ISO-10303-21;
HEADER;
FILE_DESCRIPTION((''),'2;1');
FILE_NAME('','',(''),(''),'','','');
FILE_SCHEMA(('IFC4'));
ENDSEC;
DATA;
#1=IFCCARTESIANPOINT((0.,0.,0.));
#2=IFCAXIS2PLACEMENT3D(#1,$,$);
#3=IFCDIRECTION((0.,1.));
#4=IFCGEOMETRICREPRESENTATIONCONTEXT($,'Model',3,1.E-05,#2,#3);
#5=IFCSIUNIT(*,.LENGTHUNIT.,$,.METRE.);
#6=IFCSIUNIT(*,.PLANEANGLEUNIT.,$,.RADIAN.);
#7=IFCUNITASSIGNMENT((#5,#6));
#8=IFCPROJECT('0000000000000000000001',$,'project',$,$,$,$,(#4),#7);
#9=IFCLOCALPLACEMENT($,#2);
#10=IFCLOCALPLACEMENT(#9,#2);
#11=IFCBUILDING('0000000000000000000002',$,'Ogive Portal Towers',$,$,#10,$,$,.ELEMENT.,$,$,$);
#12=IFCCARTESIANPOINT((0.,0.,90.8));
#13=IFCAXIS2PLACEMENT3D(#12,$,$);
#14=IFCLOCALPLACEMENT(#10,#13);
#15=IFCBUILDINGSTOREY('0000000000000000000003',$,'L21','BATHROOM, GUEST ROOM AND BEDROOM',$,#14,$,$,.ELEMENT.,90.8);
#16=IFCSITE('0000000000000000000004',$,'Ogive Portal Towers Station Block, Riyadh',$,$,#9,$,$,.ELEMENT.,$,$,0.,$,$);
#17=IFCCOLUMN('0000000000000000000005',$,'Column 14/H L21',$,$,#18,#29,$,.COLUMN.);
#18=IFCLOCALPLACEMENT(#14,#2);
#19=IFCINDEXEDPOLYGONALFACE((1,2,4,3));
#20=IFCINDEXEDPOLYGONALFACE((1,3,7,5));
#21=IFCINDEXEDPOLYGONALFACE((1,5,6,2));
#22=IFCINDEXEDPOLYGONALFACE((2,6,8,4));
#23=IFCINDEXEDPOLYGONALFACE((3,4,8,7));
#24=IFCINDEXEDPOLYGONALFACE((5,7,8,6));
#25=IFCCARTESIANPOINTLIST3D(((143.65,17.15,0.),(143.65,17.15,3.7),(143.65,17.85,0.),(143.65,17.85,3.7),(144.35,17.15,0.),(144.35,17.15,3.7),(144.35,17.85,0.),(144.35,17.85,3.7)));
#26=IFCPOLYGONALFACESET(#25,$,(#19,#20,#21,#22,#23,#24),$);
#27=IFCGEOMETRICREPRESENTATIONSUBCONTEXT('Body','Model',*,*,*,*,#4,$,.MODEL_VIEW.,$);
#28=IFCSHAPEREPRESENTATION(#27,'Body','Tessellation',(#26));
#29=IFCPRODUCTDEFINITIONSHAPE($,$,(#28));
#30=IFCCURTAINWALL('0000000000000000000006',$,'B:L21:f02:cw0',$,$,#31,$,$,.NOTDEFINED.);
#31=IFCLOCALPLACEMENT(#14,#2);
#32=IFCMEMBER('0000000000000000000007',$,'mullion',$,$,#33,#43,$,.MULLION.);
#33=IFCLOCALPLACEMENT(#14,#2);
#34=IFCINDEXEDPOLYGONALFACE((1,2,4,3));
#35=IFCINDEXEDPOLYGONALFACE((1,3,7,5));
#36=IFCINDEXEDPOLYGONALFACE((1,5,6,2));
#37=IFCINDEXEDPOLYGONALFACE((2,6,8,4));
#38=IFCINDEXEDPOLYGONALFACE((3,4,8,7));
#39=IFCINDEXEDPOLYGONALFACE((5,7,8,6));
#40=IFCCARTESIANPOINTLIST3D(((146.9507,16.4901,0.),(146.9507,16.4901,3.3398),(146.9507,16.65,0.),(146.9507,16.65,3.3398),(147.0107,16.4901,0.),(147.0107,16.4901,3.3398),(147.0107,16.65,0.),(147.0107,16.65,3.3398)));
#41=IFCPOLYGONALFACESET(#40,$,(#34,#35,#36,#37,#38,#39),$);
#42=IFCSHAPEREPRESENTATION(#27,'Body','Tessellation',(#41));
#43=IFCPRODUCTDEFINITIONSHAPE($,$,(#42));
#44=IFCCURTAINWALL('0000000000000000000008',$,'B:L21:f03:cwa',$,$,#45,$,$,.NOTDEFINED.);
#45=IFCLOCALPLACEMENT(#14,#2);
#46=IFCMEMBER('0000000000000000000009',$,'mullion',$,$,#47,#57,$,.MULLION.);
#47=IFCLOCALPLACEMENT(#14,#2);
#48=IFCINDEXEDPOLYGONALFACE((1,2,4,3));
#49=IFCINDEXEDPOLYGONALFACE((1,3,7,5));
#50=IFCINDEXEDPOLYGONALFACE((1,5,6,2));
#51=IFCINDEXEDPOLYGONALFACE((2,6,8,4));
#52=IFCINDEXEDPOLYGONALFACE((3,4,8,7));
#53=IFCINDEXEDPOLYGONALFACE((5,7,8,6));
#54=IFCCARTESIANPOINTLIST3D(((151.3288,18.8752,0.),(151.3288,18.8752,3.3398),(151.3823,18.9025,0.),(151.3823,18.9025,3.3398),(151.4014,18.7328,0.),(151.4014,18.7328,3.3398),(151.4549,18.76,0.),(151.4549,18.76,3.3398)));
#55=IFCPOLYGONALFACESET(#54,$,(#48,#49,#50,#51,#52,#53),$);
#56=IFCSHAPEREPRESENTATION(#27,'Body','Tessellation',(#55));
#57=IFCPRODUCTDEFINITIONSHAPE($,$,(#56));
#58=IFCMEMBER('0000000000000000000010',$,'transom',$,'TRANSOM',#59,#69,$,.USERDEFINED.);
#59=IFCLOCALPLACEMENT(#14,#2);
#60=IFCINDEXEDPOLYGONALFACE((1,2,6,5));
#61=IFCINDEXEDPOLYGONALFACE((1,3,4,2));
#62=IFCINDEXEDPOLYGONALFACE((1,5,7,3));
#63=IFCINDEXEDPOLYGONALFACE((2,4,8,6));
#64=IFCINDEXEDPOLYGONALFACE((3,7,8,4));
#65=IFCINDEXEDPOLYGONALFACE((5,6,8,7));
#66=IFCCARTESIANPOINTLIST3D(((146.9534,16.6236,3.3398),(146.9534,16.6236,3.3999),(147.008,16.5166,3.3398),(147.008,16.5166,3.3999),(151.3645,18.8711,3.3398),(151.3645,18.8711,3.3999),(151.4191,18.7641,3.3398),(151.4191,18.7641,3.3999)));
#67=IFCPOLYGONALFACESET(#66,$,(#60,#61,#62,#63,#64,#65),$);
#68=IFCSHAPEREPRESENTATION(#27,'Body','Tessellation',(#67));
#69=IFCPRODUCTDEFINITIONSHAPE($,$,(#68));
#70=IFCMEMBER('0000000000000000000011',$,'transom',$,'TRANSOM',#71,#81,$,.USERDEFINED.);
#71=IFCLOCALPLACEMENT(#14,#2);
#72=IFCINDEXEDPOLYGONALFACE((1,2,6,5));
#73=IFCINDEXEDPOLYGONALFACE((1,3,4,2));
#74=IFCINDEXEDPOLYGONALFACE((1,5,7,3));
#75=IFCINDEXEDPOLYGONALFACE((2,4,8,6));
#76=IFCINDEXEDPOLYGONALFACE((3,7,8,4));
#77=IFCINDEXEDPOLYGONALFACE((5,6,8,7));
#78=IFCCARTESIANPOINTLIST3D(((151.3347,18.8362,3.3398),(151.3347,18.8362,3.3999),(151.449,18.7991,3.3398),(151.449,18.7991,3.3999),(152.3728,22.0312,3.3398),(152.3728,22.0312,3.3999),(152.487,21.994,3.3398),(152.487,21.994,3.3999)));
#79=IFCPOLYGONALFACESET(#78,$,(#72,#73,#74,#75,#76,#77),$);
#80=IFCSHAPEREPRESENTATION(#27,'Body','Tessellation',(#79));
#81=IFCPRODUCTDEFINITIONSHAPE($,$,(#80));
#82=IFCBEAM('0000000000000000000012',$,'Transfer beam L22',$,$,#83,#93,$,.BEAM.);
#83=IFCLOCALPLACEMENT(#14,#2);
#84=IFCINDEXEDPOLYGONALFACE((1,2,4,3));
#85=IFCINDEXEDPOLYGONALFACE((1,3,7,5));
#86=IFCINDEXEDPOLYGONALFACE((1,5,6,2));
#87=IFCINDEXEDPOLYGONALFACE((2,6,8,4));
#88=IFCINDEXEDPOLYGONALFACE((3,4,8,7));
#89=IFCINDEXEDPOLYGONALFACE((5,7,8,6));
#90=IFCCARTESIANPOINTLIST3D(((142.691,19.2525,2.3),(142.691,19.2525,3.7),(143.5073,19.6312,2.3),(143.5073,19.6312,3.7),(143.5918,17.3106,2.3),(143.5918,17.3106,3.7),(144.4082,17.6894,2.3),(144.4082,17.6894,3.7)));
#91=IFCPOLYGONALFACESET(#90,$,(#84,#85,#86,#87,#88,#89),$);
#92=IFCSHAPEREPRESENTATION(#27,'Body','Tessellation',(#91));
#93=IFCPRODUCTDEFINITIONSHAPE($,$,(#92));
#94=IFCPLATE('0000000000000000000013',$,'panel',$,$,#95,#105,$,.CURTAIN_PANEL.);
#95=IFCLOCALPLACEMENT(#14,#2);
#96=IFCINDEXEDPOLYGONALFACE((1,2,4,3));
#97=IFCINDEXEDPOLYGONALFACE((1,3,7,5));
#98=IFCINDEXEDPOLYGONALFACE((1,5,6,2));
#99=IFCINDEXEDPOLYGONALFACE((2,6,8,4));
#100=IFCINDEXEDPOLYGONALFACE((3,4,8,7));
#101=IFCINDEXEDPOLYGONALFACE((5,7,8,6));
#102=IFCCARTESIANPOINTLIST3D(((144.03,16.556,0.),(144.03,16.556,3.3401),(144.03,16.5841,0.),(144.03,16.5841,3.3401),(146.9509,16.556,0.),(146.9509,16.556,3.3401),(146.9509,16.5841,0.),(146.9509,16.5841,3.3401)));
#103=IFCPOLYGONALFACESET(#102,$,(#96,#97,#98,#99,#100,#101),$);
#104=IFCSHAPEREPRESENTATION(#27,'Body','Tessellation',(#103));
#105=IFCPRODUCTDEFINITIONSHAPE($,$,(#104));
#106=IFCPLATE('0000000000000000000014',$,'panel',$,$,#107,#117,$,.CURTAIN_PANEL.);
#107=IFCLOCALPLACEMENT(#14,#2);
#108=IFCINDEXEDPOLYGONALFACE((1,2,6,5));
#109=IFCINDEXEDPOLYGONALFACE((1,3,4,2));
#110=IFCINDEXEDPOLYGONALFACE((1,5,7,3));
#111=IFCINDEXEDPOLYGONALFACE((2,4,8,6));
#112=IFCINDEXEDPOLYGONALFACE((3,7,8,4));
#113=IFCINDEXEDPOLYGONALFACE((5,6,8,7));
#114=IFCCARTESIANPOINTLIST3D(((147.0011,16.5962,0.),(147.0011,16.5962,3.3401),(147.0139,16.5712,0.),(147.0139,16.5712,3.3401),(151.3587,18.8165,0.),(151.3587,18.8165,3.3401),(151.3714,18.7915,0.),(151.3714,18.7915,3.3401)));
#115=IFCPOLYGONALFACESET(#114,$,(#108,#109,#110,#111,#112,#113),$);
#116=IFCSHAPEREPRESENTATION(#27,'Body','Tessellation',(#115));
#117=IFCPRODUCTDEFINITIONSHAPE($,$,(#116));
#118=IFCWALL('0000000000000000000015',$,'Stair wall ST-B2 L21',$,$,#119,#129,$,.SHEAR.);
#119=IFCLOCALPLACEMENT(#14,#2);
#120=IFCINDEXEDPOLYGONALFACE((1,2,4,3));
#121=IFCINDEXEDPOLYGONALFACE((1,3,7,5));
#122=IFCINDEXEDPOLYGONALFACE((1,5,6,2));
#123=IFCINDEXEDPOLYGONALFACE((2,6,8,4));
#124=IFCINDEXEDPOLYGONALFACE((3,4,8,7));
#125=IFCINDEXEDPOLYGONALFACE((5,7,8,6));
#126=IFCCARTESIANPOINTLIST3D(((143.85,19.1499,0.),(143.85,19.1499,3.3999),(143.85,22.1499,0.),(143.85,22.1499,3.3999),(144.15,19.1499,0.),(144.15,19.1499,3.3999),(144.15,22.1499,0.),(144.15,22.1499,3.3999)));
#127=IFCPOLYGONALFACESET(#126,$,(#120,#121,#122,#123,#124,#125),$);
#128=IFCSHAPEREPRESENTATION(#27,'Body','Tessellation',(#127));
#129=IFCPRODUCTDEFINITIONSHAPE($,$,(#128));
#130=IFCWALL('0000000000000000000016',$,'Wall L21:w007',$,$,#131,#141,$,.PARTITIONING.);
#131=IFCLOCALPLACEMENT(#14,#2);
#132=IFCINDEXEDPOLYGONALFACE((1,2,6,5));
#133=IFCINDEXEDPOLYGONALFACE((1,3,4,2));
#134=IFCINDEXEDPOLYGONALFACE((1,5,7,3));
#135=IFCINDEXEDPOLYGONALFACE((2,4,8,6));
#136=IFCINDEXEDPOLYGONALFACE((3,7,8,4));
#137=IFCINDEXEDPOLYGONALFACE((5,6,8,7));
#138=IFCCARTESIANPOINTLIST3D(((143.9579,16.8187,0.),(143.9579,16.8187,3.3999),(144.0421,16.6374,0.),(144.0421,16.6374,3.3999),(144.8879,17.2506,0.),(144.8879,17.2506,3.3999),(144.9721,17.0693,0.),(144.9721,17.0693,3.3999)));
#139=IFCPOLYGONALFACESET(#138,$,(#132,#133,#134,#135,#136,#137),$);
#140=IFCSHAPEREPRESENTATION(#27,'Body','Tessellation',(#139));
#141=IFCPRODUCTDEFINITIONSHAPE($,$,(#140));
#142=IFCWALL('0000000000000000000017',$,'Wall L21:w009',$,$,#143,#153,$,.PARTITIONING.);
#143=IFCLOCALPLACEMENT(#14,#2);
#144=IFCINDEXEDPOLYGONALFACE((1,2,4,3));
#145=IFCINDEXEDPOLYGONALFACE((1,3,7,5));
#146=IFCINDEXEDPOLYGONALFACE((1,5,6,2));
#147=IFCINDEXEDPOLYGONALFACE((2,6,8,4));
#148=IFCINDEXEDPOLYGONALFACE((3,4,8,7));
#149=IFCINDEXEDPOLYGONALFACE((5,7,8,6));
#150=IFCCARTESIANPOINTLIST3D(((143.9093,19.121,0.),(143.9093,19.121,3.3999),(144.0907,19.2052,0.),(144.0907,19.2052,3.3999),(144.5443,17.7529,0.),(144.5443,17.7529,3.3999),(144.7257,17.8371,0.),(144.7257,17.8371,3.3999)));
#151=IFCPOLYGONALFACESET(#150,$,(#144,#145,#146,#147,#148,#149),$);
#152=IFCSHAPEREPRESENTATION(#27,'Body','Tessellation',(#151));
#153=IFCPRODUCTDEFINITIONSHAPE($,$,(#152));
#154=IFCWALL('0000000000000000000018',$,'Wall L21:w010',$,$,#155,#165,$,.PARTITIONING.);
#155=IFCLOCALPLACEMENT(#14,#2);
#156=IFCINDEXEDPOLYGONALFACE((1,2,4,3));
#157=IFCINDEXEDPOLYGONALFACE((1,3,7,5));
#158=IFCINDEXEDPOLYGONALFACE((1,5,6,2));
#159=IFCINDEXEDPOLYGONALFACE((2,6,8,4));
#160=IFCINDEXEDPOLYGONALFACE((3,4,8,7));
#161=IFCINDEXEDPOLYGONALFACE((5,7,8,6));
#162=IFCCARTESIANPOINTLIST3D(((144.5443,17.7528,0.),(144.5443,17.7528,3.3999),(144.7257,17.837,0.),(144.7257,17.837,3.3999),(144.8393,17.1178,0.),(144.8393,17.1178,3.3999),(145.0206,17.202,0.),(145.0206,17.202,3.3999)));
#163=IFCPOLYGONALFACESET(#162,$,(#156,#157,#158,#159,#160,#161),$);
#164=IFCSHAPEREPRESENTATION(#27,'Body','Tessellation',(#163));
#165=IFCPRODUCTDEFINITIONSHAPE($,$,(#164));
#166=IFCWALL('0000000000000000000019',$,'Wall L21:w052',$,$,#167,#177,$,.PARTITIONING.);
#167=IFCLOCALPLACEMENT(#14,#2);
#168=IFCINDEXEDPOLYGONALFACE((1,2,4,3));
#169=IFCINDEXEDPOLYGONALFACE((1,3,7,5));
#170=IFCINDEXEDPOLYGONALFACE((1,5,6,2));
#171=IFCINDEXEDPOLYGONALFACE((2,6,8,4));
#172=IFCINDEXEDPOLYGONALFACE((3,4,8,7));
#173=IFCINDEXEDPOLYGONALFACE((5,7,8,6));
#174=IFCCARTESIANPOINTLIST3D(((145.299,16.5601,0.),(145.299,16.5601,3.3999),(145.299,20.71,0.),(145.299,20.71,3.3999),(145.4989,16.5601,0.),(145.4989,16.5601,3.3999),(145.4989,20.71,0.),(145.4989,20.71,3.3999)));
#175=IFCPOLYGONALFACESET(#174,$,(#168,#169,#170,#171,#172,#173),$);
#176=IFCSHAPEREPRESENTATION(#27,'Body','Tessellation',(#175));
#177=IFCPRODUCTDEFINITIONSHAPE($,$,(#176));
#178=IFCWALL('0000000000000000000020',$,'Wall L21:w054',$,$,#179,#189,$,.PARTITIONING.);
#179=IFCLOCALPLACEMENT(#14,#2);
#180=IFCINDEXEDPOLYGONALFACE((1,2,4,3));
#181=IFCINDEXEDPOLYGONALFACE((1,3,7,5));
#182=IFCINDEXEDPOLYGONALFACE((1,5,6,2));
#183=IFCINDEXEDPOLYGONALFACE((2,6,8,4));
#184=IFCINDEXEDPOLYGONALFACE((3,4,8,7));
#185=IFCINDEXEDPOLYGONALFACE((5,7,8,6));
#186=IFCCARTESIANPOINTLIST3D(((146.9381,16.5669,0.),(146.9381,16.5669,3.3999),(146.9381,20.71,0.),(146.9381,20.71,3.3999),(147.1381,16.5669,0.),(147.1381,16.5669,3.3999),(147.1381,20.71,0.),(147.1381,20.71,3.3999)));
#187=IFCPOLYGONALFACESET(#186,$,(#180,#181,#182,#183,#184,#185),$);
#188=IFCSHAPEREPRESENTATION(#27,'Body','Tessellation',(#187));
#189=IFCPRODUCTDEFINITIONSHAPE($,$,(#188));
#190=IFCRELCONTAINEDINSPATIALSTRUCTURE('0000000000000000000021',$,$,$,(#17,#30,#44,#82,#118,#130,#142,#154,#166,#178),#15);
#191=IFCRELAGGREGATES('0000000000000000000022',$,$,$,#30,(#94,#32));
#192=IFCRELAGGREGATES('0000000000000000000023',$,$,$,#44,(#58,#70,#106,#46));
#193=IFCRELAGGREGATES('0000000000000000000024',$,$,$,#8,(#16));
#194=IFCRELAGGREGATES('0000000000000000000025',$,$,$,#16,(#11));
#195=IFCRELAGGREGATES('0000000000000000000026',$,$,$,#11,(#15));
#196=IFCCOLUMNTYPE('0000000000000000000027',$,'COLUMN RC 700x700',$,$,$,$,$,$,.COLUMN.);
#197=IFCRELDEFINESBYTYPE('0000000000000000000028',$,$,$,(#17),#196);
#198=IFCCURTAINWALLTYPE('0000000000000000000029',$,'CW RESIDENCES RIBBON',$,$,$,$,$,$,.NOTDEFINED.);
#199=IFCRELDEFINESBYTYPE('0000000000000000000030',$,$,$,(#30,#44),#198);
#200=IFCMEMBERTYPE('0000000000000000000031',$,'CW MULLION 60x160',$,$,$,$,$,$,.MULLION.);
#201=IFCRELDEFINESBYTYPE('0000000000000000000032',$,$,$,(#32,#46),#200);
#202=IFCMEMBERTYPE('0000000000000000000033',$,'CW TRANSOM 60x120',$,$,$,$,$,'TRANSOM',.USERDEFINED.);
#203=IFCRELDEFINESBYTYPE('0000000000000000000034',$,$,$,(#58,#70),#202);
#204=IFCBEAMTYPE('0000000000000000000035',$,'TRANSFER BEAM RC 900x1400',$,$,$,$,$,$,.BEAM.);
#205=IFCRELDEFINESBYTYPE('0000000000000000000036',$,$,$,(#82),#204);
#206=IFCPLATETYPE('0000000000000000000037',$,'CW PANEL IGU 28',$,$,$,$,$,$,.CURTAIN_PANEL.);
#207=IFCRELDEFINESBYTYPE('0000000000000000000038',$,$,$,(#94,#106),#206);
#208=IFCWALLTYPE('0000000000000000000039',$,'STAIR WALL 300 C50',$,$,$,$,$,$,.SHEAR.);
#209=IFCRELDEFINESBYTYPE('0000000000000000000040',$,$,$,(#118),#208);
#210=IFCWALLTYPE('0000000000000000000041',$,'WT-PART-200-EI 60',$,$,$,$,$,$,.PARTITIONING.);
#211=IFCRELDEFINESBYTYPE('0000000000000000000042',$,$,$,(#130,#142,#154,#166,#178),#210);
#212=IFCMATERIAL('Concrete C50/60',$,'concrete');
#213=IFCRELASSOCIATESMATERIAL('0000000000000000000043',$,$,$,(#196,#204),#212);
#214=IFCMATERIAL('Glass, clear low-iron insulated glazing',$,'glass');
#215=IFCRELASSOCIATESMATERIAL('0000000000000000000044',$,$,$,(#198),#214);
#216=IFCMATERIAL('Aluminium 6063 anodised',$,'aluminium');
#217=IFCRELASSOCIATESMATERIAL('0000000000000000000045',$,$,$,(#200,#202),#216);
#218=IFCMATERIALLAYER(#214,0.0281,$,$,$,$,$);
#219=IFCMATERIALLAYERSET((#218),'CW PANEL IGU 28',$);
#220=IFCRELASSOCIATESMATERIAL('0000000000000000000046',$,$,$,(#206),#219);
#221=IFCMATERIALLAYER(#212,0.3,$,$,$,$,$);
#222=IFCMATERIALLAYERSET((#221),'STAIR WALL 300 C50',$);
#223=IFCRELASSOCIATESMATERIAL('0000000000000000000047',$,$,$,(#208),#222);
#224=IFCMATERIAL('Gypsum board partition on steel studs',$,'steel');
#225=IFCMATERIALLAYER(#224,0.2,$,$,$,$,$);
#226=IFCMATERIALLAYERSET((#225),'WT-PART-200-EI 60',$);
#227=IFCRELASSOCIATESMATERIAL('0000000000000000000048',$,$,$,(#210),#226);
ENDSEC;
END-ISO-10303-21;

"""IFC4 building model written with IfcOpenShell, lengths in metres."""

from ifc_helpers import new_model, si_unit, direction, frame, frame_2d, origin, origin_2d, place, context, subcontext, project, spatial, rectangle, extrude, material, layer, layer_set, material_profile, profile_set, type_object, element, aggregate, save


model = new_model("IFC4")

# Units and contexts
model_context = context("Model", 3, precision=1e-05, world=origin(), true_north=direction((0.0, 1.0)))
body_context = subcontext(model_context, "Body", "Model", "MODEL_VIEW")
ifc_project = project(units=[si_unit("LENGTHUNIT", "METRE"), si_unit("PLANEANGLEUNIT", "RADIAN")], contexts=[model_context])

# Site, building, storey
site_placement = place(None, origin())
site = spatial("IfcSite", under=ifc_project, at=site_placement, Name="Ogive Portal Towers Station Block, Riyadh", CompositionType="ELEMENT", RefElevation=0.0)
building_placement = place(site_placement, origin())
building = spatial("IfcBuilding", under=site, at=building_placement, Name="Ogive Portal Towers", CompositionType="ELEMENT")
storey_placement = place(building_placement, frame((0.0, 0.0, 90.8)))
storey = spatial("IfcBuildingStorey", under=building, at=storey_placement, Name="L21", Description="BATHROOM, GUEST ROOM AND BEDROOM", CompositionType="ELEMENT", Elevation=90.8)

# Column
ifc_material_1 = material(Name="Concrete C50/60", Category="concrete")
ifc_material_profile_1 = material_profile(ifc_material_1, rectangle(XDim=0.7, YDim=0.7, at=origin_2d()), Name="RC 700x700")
ifc_profile_set_1 = profile_set([ifc_material_profile_1], Name="Concrete C50/60")
column_type = type_object("IfcColumnType", Name="COLUMN RC 700x700", PredefinedType="COLUMN", material=ifc_profile_set_1)
column_placement = place(storey_placement, frame((144.0, 17.5, 0.0), z_axis=(0.0, 0.0, 1.0), x_axis=(1.0, 0.0, 0.0)))
element("IfcColumn", 1, at=column_placement, inside=storey, type_object=column_type, Name="Column 14/H L21", PredefinedType="COLUMN", context=body_context, shape_type="SweptSolid", body=[
    extrude(rectangle(XDim=0.7, YDim=0.7, at=origin_2d()), origin(), (0.0, 0.0, 1.0), 3.7),
])

# Curtain wall, member
ifc_material_2 = material(Name="Glass, clear low-iron insulated glazing", Category="glass")
curtain_wall_type = type_object("IfcCurtainWallType", Name="CW RESIDENCES RIBBON", PredefinedType="NOTDEFINED", material=ifc_material_2)
curtain_wall_1_placement = place(storey_placement, origin())
curtain_wall_1 = element("IfcCurtainWall", 2, at=curtain_wall_1_placement, inside=storey, type_object=curtain_wall_type, Name="B:L21:f02:cw0", PredefinedType="NOTDEFINED")
ifc_material_3 = material(Name="Aluminium 6063 anodised", Category="aluminium")
ifc_material_profile_2 = material_profile(ifc_material_3, rectangle(XDim=0.1599, YDim=0.0601, at=origin_2d()), Name="AL 60x160")
ifc_profile_set_2 = profile_set([ifc_material_profile_2], Name="Aluminium 6063 anodised")
member_type_1 = type_object("IfcMemberType", Name="CW MULLION 60x160", PredefinedType="MULLION", material=ifc_profile_set_2)
member_1_placement = place(storey_placement, frame((146.9807, 16.5701, 0.0), z_axis=(0.0, 0.0, 1.0), x_axis=(0.0, 1.0, 0.0)))
member_1 = element("IfcMember", 3, at=member_1_placement, type_object=member_type_1, Name="mullion", PredefinedType="MULLION", context=body_context, shape_type="SweptSolid", body=[
    extrude(rectangle(XDim=0.1599, YDim=0.0601, at=origin_2d()), origin(), (0.0, 0.0, 1.0), 3.3398),
])

# Curtain wall, members
curtain_wall_2_placement = place(storey_placement, origin())
curtain_wall_2 = element("IfcCurtainWall", 4, at=curtain_wall_2_placement, inside=storey, type_object=curtain_wall_type, Name="B:L21:f03:cwa", PredefinedType="NOTDEFINED")
member_2_placement = place(storey_placement, frame((151.3918, 18.8176, 0.0), z_axis=(0.0, 0.0, 1.0), x_axis=(-0.45399, 0.891007, 0.0)))
member_2 = element("IfcMember", 5, at=member_2_placement, type_object=member_type_1, Name="mullion", PredefinedType="MULLION", context=body_context, shape_type="SweptSolid", body=[
    extrude(rectangle(XDim=0.1599, YDim=0.0601, at=origin_2d()), origin(), (0.0, 0.0, 1.0), 3.3398),
])
ifc_material_profile_3 = material_profile(ifc_material_3, rectangle(XDim=0.1201, YDim=0.0601, at=origin_2d()), Name="AL 120x60")
ifc_profile_set_3 = profile_set([ifc_material_profile_3], Name="Aluminium 6063 anodised")
member_type_2 = type_object("IfcMemberType", Name="CW TRANSOM 60x120", ElementType="TRANSOM", PredefinedType="USERDEFINED", material=ifc_profile_set_3)
member_3_placement = place(storey_placement, frame((146.9807, 16.5701, 3.3699), z_axis=(0.891009, 0.453986, 0.0), x_axis=(-0.453986, 0.891009, 0.0)))
member_3 = element("IfcMember", 6, at=member_3_placement, type_object=member_type_2, Name="transom", ObjectType="TRANSOM", PredefinedType="USERDEFINED", context=body_context, shape_type="SweptSolid", body=[
    extrude(rectangle(XDim=0.1201, YDim=0.0601, at=origin_2d()), origin(), (0.0, 0.0, 1.0), 4.9507),
])
member_4_placement = place(storey_placement, frame((151.3918, 18.8176, 3.3699), z_axis=(0.309002, 0.951061, 0.0), x_axis=(-0.951061, 0.309002, 0.0)))
member_4 = element("IfcMember", 7, at=member_4_placement, type_object=member_type_2, Name="transom", ObjectType="TRANSOM", PredefinedType="USERDEFINED", context=body_context, shape_type="SweptSolid", body=[
    extrude(rectangle(XDim=0.1201, YDim=0.0601, at=origin_2d()), origin(), (0.0, 0.0, 1.0), 3.3594),
])

# Beam
ifc_material_profile_4 = material_profile(ifc_material_1, rectangle(XDim=0.8999, YDim=1.3999, at=origin_2d()), Name="RC 900x1400")
ifc_profile_set_4 = profile_set([ifc_material_profile_4], Name="Concrete C50/60")
beam_type = type_object("IfcBeamType", Name="TRANSFER BEAM RC 900x1400", PredefinedType="BEAM", material=ifc_profile_set_4)
beam_placement = place(storey_placement, frame((144.0, 17.5, 3.0), z_axis=(-0.420837, 0.907136, 0.0), x_axis=(-0.907136, -0.420837, 0.0)))
element("IfcBeam", 8, at=beam_placement, inside=storey, type_object=beam_type, Name="Transfer beam L22", PredefinedType="BEAM", context=body_context, shape_type="SweptSolid", body=[
    extrude(rectangle(XDim=0.8999, YDim=1.3999, at=origin_2d()), origin(), (0.0, 0.0, 1.0), 2.1406),
])

# Plates
ifc_layer_1 = layer(ifc_material_2, 0.0281)
ifc_layer_set_1 = layer_set([ifc_layer_1], Name="CW PANEL IGU 28")
plate_type = type_object("IfcPlateType", Name="CW PANEL IGU 28", PredefinedType="CURTAIN_PANEL", material=ifc_layer_set_1)
plate_1_placement = place(storey_placement, frame((145.4905, 16.5701, 0.0), z_axis=(0.0, 0.0, 1.0), x_axis=(1.0, 0.0, 0.0)))
plate_1 = element("IfcPlate", 9, at=plate_1_placement, type_object=plate_type, Name="panel", PredefinedType="CURTAIN_PANEL", context=body_context, shape_type="SweptSolid", body=[
    extrude(rectangle(XDim=2.9209, YDim=0.0281, at=origin_2d()), origin(), (0.0, 0.0, 1.0), 3.3401),
])
aggregate(curtain_wall_1, [plate_1, member_1])
plate_2_placement = place(storey_placement, frame((149.1863, 17.6938, 0.0), z_axis=(0.0, 0.0, 1.0), x_axis=(0.891007, 0.45399, 0.0)))
plate_2 = element("IfcPlate", 10, at=plate_2_placement, type_object=plate_type, Name="panel", PredefinedType="CURTAIN_PANEL", context=body_context, shape_type="SweptSolid", body=[
    extrude(rectangle(XDim=4.8906, YDim=0.0281, at=origin_2d()), origin(), (0.0, 0.0, 1.0), 3.3401),
])
aggregate(curtain_wall_2, [member_3, member_4, plate_2, member_2])

# Walls
ifc_layer_2 = layer(ifc_material_1, 0.3)
ifc_layer_set_2 = layer_set([ifc_layer_2], Name="STAIR WALL 300 C50")
wall_type_1 = type_object("IfcWallType", Name="STAIR WALL 300 C50", PredefinedType="SHEAR", material=ifc_layer_set_2)
wall_1_placement = place(storey_placement, frame((144.0, 19.1499, 0.0), z_axis=(0.0, 0.0, 1.0), x_axis=(0.0, 1.0, 0.0)))
element("IfcWall", 11, at=wall_1_placement, inside=storey, type_object=wall_type_1, Name="Stair wall ST-B2 L21", PredefinedType="SHEAR", context=body_context, shape_type="SweptSolid", body=[
    extrude(rectangle(XDim=3.0, YDim=0.3, at=frame_2d((1.5, 0.0))), origin(), (0.0, 0.0, 1.0), 3.3999),
])
ifc_material_4 = material(Name="Gypsum board partition on steel studs", Category="steel")
ifc_layer_3 = layer(ifc_material_4, 0.2)
ifc_layer_set_3 = layer_set([ifc_layer_3], Name="WT-PART-200-EI 60")
wall_type_2 = type_object("IfcWallType", Name="WT-PART-200-EI 60", PredefinedType="PARTITIONING", material=ifc_layer_set_3)
wall_2_placement = place(storey_placement, frame((144.0, 16.728, 0.0), z_axis=(0.0, 0.0, 1.0), x_axis=(0.90696, 0.421216, 0.0)))
element("IfcWall", 12, at=wall_2_placement, inside=storey, type_object=wall_type_2, Name="Wall L21:w007", PredefinedType="PARTITIONING", context=body_context, shape_type="SweptSolid", body=[
    extrude(rectangle(XDim=1.0254, YDim=0.2, at=frame_2d((0.5127, 0.0))), origin(), (0.0, 0.0, 1.0), 3.3999),
])
wall_3_placement = place(storey_placement, frame((144.0, 19.1631, 0.0), z_axis=(0.0, 0.0, 1.0), x_axis=(0.420997, -0.907062, 0.0)))
element("IfcWall", 13, at=wall_3_placement, inside=storey, type_object=wall_type_2, Name="Wall L21:w009", PredefinedType="PARTITIONING", context=body_context, shape_type="SweptSolid", body=[
    extrude(rectangle(XDim=1.5083, YDim=0.2, at=frame_2d((0.7542, 0.0))), origin(), (0.0, 0.0, 1.0), 3.3999),
])
wall_4_placement = place(storey_placement, frame((144.635, 17.7949, 0.0), z_axis=(0.0, 0.0, 1.0), x_axis=(0.421224, -0.906957, 0.0)))
element("IfcWall", 14, at=wall_4_placement, inside=storey, type_object=wall_type_2, Name="Wall L21:w010", PredefinedType="PARTITIONING", context=body_context, shape_type="SweptSolid", body=[
    extrude(rectangle(XDim=0.7002, YDim=0.2, at=frame_2d((0.3501, 0.0))), origin(), (0.0, 0.0, 1.0), 3.3999),
])
wall_5_placement = place(storey_placement, frame((145.3989, 16.5601, 0.0), z_axis=(0.0, 0.0, 1.0), x_axis=(0.0, 1.0, 0.0)))
element("IfcWall", 15, at=wall_5_placement, inside=storey, type_object=wall_type_2, Name="Wall L21:w052", PredefinedType="PARTITIONING", context=body_context, shape_type="SweptSolid", body=[
    extrude(rectangle(XDim=4.1499, YDim=0.2, at=frame_2d((2.075, 0.0))), origin(), (0.0, 0.0, 1.0), 3.3999),
])
wall_6_placement = place(storey_placement, frame((147.0381, 16.5669, 0.0), z_axis=(0.0, 0.0, 1.0), x_axis=(0.0, 1.0, 0.0)))
element("IfcWall", 16, at=wall_6_placement, inside=storey, type_object=wall_type_2, Name="Wall L21:w054", PredefinedType="PARTITIONING", context=body_context, shape_type="SweptSolid", body=[
    extrude(rectangle(XDim=4.1431, YDim=0.2, at=frame_2d((2.0715, 0.0))), origin(), (0.0, 0.0, 1.0), 3.3999),
])

save(model, "model.ifc")
